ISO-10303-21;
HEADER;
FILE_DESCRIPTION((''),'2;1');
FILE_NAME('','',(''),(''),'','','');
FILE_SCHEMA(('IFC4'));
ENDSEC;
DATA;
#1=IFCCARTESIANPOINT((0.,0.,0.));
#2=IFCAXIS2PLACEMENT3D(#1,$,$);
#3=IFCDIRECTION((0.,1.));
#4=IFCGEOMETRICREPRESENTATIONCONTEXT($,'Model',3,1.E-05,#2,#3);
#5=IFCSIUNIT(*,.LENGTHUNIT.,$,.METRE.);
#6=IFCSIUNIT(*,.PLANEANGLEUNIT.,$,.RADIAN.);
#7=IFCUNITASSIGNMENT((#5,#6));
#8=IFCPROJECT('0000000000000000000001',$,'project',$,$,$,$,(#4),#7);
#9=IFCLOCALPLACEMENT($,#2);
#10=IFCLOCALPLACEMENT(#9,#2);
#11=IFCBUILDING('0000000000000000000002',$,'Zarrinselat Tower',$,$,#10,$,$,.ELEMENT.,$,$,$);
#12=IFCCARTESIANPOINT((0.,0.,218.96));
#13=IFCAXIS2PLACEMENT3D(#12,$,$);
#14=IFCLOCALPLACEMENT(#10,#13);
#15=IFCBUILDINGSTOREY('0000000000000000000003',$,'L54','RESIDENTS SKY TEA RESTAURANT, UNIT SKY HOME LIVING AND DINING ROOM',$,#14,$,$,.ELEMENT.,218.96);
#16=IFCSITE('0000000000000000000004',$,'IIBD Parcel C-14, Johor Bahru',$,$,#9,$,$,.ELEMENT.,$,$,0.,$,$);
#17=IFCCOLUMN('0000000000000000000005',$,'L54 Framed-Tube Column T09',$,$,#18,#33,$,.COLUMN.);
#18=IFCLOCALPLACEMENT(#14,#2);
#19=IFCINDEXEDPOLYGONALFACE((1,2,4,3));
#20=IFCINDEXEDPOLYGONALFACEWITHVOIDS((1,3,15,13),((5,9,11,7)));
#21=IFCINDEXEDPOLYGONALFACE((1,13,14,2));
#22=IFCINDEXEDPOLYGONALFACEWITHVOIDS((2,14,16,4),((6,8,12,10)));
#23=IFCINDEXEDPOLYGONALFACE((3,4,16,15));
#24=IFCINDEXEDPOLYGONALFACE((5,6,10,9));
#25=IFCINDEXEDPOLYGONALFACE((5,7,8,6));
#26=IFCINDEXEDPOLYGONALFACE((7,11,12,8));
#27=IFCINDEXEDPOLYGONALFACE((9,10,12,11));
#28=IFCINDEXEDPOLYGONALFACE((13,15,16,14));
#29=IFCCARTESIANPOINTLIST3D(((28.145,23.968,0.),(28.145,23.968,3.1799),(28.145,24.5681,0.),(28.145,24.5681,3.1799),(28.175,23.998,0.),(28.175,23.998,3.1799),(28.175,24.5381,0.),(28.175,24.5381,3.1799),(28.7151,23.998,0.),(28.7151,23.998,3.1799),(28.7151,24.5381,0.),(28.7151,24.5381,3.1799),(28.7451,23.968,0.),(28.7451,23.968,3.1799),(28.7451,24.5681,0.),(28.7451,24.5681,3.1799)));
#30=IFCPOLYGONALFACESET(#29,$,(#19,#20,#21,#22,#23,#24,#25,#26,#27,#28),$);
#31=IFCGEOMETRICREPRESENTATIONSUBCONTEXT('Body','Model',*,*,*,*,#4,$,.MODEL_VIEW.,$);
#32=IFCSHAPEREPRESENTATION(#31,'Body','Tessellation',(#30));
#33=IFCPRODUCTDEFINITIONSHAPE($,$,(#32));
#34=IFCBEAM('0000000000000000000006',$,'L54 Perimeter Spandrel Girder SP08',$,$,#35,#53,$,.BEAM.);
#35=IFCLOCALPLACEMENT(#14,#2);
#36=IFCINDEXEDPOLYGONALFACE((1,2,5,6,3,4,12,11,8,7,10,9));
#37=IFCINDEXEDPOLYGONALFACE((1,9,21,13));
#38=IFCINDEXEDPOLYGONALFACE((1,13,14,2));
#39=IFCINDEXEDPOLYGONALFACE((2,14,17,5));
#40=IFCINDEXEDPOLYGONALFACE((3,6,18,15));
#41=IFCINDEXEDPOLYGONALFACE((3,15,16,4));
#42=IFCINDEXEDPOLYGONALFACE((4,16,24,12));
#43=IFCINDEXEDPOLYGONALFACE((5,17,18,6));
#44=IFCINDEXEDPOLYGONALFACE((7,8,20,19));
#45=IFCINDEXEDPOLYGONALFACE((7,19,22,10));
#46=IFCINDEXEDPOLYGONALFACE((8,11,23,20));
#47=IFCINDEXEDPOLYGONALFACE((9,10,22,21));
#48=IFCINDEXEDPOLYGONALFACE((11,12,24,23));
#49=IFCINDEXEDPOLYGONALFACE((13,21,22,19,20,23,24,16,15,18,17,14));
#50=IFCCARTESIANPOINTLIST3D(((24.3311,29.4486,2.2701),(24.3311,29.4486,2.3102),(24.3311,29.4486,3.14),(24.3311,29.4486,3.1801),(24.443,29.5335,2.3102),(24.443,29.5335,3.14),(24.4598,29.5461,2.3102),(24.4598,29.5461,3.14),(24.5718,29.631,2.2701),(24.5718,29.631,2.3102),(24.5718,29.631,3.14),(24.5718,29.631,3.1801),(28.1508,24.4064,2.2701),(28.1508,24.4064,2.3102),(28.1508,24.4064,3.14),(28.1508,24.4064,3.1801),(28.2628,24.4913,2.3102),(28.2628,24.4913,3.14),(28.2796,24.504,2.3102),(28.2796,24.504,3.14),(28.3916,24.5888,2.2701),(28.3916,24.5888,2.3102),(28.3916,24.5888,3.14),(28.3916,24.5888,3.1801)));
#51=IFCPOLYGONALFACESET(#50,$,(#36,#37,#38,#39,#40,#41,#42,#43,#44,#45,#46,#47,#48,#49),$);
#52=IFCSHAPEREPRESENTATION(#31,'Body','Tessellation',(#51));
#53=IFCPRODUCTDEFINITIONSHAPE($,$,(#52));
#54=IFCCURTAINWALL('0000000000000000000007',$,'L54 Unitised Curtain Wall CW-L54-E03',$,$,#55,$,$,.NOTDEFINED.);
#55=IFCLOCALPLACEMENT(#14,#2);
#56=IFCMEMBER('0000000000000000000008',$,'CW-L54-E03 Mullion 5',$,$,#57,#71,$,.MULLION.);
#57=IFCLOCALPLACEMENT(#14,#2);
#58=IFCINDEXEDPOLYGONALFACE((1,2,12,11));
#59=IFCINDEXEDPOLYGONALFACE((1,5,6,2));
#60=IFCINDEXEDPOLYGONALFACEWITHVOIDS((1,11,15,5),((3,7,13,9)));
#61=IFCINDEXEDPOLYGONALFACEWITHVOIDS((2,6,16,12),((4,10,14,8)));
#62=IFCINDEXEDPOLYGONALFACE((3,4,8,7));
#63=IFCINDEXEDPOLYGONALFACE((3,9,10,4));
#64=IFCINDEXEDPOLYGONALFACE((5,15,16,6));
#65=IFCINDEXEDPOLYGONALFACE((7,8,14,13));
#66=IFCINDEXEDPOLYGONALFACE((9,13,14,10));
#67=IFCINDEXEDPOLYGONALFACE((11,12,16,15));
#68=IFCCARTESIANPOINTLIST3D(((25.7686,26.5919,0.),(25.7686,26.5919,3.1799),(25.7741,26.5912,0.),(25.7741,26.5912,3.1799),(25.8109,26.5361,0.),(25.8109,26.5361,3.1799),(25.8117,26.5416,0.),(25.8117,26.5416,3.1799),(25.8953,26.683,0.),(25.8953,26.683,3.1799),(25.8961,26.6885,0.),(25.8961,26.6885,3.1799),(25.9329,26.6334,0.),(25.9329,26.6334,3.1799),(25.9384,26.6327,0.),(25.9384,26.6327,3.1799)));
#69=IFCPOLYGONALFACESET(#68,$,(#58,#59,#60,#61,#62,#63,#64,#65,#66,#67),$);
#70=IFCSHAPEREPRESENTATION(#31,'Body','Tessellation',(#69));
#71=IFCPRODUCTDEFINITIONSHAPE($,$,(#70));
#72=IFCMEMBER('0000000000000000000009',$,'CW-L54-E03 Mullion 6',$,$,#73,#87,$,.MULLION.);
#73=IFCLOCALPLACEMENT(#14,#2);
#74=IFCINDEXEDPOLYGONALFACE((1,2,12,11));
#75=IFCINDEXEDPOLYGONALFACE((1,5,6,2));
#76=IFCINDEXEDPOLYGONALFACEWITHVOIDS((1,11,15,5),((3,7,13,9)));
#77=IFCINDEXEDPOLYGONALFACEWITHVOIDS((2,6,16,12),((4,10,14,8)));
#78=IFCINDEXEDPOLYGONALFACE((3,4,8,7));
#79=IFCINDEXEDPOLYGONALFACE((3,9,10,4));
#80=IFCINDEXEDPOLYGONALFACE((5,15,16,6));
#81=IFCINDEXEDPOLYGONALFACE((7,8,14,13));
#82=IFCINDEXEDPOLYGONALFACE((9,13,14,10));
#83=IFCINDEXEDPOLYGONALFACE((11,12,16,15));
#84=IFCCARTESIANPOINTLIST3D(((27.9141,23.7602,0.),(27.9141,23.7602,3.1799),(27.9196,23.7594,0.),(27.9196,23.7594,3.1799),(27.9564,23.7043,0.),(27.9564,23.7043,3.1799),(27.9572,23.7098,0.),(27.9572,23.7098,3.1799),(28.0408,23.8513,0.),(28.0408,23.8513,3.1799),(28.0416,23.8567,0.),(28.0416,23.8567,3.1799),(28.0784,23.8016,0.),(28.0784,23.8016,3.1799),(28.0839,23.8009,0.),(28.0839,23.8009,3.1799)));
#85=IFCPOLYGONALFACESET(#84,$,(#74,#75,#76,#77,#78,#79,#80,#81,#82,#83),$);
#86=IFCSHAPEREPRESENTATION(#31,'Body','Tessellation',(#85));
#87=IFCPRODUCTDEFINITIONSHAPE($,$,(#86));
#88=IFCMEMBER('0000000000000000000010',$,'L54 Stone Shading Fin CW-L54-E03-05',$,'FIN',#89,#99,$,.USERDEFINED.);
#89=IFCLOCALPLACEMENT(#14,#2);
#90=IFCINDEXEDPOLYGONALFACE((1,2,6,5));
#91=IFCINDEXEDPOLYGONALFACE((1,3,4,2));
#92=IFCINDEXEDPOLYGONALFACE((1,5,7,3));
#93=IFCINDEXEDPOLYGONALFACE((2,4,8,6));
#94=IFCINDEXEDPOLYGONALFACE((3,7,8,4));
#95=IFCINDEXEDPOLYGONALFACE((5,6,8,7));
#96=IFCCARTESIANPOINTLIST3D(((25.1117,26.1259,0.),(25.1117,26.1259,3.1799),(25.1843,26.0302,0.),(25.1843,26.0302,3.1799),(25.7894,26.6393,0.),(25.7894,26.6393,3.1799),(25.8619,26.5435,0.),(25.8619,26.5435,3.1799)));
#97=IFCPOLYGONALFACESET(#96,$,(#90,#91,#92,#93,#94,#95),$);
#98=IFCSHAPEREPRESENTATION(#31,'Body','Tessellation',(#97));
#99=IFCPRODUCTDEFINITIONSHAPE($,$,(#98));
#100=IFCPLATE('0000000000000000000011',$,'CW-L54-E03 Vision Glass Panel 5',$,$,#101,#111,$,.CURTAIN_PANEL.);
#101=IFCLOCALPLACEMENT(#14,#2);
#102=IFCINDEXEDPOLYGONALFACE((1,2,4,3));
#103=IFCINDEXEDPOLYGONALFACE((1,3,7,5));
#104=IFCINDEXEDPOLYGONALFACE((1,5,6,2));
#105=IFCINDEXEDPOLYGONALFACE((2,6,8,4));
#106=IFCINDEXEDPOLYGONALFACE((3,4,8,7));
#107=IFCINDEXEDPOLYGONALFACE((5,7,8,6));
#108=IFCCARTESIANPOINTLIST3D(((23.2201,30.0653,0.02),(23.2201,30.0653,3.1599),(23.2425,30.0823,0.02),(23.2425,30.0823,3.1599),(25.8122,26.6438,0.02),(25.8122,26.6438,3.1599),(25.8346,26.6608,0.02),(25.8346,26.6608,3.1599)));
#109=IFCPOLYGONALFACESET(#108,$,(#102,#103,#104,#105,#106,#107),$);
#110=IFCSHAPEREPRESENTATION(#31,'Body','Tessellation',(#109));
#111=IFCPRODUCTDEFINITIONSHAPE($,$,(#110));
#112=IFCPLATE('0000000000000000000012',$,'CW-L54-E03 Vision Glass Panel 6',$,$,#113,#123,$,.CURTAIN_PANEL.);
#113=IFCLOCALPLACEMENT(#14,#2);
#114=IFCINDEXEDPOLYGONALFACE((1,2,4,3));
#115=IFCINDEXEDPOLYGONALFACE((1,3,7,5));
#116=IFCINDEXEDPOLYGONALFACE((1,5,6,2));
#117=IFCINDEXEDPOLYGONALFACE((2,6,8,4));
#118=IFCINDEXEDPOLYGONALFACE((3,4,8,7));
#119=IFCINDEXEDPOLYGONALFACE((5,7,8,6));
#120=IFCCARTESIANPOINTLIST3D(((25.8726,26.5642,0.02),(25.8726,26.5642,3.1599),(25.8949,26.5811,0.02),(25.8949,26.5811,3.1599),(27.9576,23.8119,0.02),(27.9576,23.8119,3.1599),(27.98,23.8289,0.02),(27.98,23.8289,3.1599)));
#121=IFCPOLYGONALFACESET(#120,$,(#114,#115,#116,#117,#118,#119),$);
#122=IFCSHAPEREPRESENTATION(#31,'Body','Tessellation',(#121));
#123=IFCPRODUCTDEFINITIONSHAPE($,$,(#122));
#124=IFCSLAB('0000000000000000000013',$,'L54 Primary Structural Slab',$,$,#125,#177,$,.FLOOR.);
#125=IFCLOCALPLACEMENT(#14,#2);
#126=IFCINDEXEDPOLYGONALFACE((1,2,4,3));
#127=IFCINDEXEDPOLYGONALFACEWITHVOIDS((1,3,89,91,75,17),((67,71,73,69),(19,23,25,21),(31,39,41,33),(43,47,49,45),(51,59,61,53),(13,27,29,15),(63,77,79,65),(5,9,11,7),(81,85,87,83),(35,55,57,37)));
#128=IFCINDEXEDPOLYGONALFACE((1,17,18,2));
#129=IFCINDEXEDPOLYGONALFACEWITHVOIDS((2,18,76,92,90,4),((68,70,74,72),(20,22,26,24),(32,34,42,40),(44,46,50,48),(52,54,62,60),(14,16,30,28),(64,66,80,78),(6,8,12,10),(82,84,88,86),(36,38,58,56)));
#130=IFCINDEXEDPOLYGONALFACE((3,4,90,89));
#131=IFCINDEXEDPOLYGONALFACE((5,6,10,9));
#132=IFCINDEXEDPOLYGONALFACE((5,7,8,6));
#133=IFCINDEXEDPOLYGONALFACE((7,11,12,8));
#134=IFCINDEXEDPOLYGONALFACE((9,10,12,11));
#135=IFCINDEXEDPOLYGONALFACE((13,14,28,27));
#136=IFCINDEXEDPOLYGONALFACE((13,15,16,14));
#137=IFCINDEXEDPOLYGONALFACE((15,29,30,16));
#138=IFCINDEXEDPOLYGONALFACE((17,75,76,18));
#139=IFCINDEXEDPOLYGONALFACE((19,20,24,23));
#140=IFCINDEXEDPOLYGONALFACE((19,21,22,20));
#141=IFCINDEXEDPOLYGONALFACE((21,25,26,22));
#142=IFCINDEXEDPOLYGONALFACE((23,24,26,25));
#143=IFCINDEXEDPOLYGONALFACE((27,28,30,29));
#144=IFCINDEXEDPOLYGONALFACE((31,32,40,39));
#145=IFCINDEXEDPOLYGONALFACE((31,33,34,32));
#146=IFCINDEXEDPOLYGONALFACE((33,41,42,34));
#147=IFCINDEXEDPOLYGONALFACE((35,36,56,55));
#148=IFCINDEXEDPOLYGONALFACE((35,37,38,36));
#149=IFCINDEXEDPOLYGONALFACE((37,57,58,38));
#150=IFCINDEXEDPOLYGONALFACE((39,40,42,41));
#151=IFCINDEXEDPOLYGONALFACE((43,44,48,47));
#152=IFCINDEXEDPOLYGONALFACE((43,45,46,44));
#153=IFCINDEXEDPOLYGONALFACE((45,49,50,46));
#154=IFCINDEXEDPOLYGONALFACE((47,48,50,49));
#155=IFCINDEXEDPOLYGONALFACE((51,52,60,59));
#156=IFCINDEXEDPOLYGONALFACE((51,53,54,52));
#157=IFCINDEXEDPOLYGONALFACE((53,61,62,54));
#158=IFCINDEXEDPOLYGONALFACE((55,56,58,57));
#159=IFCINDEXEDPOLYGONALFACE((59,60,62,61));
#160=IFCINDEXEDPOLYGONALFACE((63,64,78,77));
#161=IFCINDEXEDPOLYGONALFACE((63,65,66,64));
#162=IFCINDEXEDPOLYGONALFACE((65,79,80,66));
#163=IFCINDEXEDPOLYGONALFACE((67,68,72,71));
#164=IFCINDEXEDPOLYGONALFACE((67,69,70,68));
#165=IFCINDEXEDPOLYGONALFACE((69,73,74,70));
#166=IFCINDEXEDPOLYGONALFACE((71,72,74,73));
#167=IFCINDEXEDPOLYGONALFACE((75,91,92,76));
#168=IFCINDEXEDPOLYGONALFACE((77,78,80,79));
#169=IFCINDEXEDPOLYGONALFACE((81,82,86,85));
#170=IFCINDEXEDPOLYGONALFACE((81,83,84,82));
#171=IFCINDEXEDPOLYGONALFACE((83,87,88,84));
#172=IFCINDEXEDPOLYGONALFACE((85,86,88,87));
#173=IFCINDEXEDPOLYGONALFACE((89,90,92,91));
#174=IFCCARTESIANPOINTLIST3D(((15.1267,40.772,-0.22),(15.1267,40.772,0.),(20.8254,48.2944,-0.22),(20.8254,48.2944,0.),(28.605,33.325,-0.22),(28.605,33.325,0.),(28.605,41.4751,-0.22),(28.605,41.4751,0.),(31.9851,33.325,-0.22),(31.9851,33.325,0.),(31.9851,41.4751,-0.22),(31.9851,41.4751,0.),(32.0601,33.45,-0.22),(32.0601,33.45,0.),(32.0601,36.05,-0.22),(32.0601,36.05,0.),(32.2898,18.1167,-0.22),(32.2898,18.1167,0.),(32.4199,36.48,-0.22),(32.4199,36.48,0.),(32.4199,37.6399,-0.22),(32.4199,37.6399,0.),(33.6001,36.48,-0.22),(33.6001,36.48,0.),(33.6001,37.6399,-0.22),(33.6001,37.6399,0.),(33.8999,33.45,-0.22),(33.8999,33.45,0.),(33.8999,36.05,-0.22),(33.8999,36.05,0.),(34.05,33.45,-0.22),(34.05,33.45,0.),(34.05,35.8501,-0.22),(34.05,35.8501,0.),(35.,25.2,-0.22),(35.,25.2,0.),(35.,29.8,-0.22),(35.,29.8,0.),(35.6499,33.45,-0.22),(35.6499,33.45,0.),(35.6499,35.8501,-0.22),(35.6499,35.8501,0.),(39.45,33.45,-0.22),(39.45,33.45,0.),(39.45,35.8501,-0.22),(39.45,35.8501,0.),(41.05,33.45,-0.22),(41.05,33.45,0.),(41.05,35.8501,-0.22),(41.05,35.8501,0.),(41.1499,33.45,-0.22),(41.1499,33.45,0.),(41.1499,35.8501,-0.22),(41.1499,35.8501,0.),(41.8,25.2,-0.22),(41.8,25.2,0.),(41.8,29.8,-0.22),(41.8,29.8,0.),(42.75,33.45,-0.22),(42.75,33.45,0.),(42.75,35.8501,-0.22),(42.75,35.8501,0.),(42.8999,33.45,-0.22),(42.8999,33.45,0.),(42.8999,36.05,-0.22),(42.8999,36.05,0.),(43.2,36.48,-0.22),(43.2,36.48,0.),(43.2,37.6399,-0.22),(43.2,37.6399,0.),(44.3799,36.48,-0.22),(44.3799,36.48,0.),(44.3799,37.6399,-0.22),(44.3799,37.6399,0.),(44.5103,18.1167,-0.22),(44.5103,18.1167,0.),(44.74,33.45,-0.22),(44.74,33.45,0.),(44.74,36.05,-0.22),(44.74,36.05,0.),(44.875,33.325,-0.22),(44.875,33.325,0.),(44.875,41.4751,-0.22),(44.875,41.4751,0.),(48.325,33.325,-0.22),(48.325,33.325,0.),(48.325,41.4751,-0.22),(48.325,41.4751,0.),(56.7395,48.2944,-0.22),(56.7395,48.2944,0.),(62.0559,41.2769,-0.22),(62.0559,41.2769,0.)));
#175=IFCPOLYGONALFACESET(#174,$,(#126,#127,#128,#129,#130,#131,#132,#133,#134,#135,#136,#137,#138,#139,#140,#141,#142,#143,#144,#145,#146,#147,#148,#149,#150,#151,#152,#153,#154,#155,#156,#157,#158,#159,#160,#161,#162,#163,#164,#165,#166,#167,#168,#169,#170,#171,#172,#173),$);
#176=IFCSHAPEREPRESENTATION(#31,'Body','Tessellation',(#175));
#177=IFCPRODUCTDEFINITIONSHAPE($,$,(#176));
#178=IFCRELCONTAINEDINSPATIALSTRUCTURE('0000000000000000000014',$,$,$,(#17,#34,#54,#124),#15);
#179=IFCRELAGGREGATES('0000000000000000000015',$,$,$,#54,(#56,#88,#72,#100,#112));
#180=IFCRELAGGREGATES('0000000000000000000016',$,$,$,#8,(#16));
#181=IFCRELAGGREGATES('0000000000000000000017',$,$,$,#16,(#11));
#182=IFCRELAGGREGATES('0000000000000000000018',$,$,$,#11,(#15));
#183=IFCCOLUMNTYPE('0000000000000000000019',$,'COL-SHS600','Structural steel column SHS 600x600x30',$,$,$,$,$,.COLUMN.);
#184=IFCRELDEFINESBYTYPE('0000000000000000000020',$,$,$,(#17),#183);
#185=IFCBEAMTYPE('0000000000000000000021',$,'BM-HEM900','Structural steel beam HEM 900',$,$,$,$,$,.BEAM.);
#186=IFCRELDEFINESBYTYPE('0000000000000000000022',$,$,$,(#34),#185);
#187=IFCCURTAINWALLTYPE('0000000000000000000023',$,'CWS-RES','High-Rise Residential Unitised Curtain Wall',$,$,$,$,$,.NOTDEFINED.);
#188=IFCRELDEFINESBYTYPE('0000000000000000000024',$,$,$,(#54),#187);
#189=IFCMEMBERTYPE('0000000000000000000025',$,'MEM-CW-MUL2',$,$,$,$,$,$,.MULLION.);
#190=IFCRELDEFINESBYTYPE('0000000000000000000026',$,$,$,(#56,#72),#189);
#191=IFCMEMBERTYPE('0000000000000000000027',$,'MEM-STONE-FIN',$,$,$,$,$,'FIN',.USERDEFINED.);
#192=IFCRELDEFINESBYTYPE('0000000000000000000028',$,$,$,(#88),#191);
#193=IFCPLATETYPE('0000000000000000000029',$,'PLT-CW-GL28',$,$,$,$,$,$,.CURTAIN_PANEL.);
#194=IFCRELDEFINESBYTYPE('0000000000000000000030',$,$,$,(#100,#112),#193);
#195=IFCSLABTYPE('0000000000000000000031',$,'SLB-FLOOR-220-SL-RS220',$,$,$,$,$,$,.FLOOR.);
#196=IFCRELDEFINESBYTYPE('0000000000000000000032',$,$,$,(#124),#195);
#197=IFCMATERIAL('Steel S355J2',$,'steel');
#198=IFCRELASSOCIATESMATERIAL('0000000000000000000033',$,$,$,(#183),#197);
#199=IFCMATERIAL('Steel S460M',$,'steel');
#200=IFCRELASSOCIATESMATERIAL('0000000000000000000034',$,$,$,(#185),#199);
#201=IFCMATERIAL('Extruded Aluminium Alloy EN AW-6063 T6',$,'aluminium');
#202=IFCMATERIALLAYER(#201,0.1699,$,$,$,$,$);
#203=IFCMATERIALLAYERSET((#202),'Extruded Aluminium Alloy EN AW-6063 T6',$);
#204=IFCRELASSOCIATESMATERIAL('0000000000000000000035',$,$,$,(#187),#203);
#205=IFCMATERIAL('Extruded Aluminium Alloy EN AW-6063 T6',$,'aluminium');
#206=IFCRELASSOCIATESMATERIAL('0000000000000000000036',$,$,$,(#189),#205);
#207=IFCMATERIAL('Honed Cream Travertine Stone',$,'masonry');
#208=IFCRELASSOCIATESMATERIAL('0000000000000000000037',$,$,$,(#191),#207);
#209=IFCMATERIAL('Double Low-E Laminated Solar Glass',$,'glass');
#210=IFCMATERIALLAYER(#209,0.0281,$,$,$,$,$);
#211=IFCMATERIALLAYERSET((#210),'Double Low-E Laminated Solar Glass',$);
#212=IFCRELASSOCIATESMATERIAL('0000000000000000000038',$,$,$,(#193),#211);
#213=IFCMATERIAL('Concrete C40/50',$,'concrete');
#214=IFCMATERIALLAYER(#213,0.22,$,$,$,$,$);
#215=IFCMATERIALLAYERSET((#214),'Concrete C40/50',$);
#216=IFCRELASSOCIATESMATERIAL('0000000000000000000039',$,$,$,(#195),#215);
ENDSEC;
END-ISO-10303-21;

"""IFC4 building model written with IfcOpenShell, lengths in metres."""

from ifc_helpers import new_model, si_unit, direction, frame, origin, origin_2d, place, context, subcontext, project, spatial, polyline, rectangle, hollow_rectangle, i_section, outline, extrude, material, layer, layer_set, material_profile, profile_set, type_object, element, aggregate, save


model = new_model("IFC4")

# Units and contexts
model_context = context("Model", 3, precision=1e-05, world=origin(), true_north=direction((0.0, 1.0)))
body_context = subcontext(model_context, "Body", "Model", "MODEL_VIEW")
ifc_project = project(units=[si_unit("LENGTHUNIT", "METRE"), si_unit("PLANEANGLEUNIT", "RADIAN")], contexts=[model_context])

# Site, building, storey
site_placement = place(None, origin())
site = spatial("IfcSite", under=ifc_project, at=site_placement, Name="IIBD Parcel C-14, Johor Bahru", CompositionType="ELEMENT", RefElevation=0.0)
building_placement = place(site_placement, origin())
building = spatial("IfcBuilding", under=site, at=building_placement, Name="Zarrinselat Tower", CompositionType="ELEMENT")
storey_placement = place(building_placement, frame((0.0, 0.0, 218.96)))
storey = spatial("IfcBuildingStorey", under=building, at=storey_placement, Name="L54", Description="RESIDENTS SKY TEA RESTAURANT, UNIT SKY HOME LIVING AND DINING ROOM", CompositionType="ELEMENT", Elevation=218.96)

# Column
ifc_material_1 = material(Name="Steel S355J2", Category="steel")
ifc_material_profile_1 = material_profile(ifc_material_1, hollow_rectangle(XDim=0.6001, YDim=0.6001, WallThickness=0.03, at=origin_2d()), Name="SHS 600x600x30")
ifc_profile_set_1 = profile_set([ifc_material_profile_1], Name="Steel S355J2")
column_type = type_object("IfcColumnType", Name="COL-SHS600", Description="Structural steel column SHS 600x600x30", PredefinedType="COLUMN", material=ifc_profile_set_1)
column_placement = place(storey_placement, frame((28.4451, 24.2681, 0.0), z_axis=(0.0, 0.0, 1.0), x_axis=(1.0, 0.0, 0.0)))
element("IfcColumn", 1, at=column_placement, inside=storey, type_object=column_type, Name="L54 Framed-Tube Column T09", PredefinedType="COLUMN", context=body_context, shape_type="SweptSolid", body=[
    extrude(hollow_rectangle(XDim=0.6001, YDim=0.6001, WallThickness=0.03, at=origin_2d()), origin(), (0.0, 0.0, 1.0), 3.1799),
])

# Beam
ifc_material_2 = material(Name="Steel S460M", Category="steel")
ifc_material_profile_2 = material_profile(ifc_material_2, i_section(OverallWidth=0.302, OverallDepth=0.9099, WebThickness=0.021, FlangeThickness=0.04, at=origin_2d()), Name="HEM 900")
ifc_profile_set_2 = profile_set([ifc_material_profile_2], Name="Steel S460M")
beam_type = type_object("IfcBeamType", Name="BM-HEM900", Description="Structural steel beam HEM 900", PredefinedType="BEAM", material=ifc_profile_set_2)
beam_placement = place(storey_placement, frame((24.4514, 29.5398, 2.7251), z_axis=(0.603852, -0.797096, 0.0), x_axis=(0.797096, 0.603852, 0.0)))
element("IfcBeam", 2, at=beam_placement, inside=storey, type_object=beam_type, Name="L54 Perimeter Spandrel Girder SP08", PredefinedType="BEAM", context=body_context, shape_type="SweptSolid", body=[
    extrude(i_section(OverallWidth=0.302, OverallDepth=0.9099, WebThickness=0.021, FlangeThickness=0.04, at=origin_2d()), origin(), (0.0, 0.0, 1.0), 6.3257),
])

# Curtain wall, members, plates
ifc_material_3 = material(Name="Extruded Aluminium Alloy EN AW-6063 T6", Category="aluminium")
ifc_layer_1 = layer(ifc_material_3, 0.1699)
ifc_layer_set_1 = layer_set([ifc_layer_1], Name="Extruded Aluminium Alloy EN AW-6063 T6")
curtain_wall_type = type_object("IfcCurtainWallType", Name="CWS-RES", Description="High-Rise Residential Unitised Curtain Wall", PredefinedType="NOTDEFINED", material=ifc_layer_set_1)
curtain_wall_placement = place(storey_placement, origin())
curtain_wall = element("IfcCurtainWall", 3, at=curtain_wall_placement, inside=storey, type_object=curtain_wall_type, Name="L54 Unitised Curtain Wall CW-L54-E03", PredefinedType="NOTDEFINED")
ifc_material_4 = material(Name="Extruded Aluminium Alloy EN AW-6063 T6", Category="aluminium")
ifc_material_profile_3 = material_profile(ifc_material_4, hollow_rectangle(XDim=0.0701, YDim=0.1599, WallThickness=0.0039, at=origin_2d()), Name="RHS 160x70x4")
ifc_profile_set_3 = profile_set([ifc_material_profile_3], Name="Extruded Aluminium Alloy EN AW-6063 T6")
member_type_1 = type_object("IfcMemberType", Name="MEM-CW-MUL2", PredefinedType="MULLION", material=ifc_profile_set_3)
member_1_placement = place(storey_placement, frame((25.8535, 26.6123, 0.0), z_axis=(0.0, 0.0, 1.0), x_axis=(0.60386, -0.797091, 0.0)))
member_1 = element("IfcMember", 4, at=member_1_placement, type_object=member_type_1, Name="CW-L54-E03 Mullion 5", PredefinedType="MULLION", context=body_context, shape_type="SweptSolid", body=[
    extrude(hollow_rectangle(XDim=0.0701, YDim=0.1599, WallThickness=0.0039, at=origin_2d()), origin(), (0.0, 0.0, 1.0), 3.1799),
])
member_2_placement = place(storey_placement, frame((27.999, 23.7805, 0.0), z_axis=(0.0, 0.0, 1.0), x_axis=(0.60386, -0.797091, 0.0)))
member_2 = element("IfcMember", 5, at=member_2_placement, type_object=member_type_1, Name="CW-L54-E03 Mullion 6", PredefinedType="MULLION", context=body_context, shape_type="SweptSolid", body=[
    extrude(hollow_rectangle(XDim=0.0701, YDim=0.1599, WallThickness=0.0039, at=origin_2d()), origin(), (0.0, 0.0, 1.0), 3.1799),
])
ifc_material_5 = material(Name="Honed Cream Travertine Stone", Category="masonry")
ifc_material_profile_4 = material_profile(ifc_material_5, rectangle(XDim=0.1201, YDim=0.8501, at=origin_2d()), Name="FIN 850x120")
ifc_profile_set_4 = profile_set([ifc_material_profile_4], Name="Honed Cream Travertine Stone")
member_type_2 = type_object("IfcMemberType", Name="MEM-STONE-FIN", ElementType="FIN", PredefinedType="USERDEFINED", material=ifc_profile_set_4)
member_3_placement = place(storey_placement, frame((25.4868, 26.3347, 0.0), z_axis=(0.0, 0.0, 1.0), x_axis=(-0.60386, 0.797091, 0.0)))
member_3 = element("IfcMember", 6, at=member_3_placement, type_object=member_type_2, Name="L54 Stone Shading Fin CW-L54-E03-05", ObjectType="FIN", PredefinedType="USERDEFINED", context=body_context, shape_type="SweptSolid", body=[
    extrude(rectangle(XDim=0.1201, YDim=0.8501, at=origin_2d()), origin(), (0.0, 0.0, 1.0), 3.1799),
])
ifc_material_6 = material(Name="Double Low-E Laminated Solar Glass", Category="glass")
ifc_layer_2 = layer(ifc_material_6, 0.0281)
ifc_layer_set_2 = layer_set([ifc_layer_2], Name="Double Low-E Laminated Solar Glass")
plate_type = type_object("IfcPlateType", Name="PLT-CW-GL28", PredefinedType="CURTAIN_PANEL", material=ifc_layer_set_2)
plate_1_placement = place(storey_placement, frame((24.5273, 28.363, 0.02), z_axis=(0.0, 0.0, 1.0), x_axis=(0.60386, -0.797091, 0.0)))
plate_1 = element("IfcPlate", 7, at=plate_1_placement, type_object=plate_type, Name="CW-L54-E03 Vision Glass Panel 5", PredefinedType="CURTAIN_PANEL", context=body_context, shape_type="SweptSolid", body=[
    extrude(rectangle(XDim=4.2925, YDim=0.0281, at=origin_2d()), origin(), (0.0, 0.0, 1.0), 3.1399),
])
plate_2_placement = place(storey_placement, frame((26.9263, 25.1965, 0.02), z_axis=(0.0, 0.0, 1.0), x_axis=(0.60386, -0.797091, 0.0)))
plate_2 = element("IfcPlate", 8, at=plate_2_placement, type_object=plate_type, Name="CW-L54-E03 Vision Glass Panel 6", PredefinedType="CURTAIN_PANEL", context=body_context, shape_type="SweptSolid", body=[
    extrude(rectangle(XDim=3.4529, YDim=0.0281, at=origin_2d()), origin(), (0.0, 0.0, 1.0), 3.1399),
])
aggregate(curtain_wall, [member_1, member_3, member_2, plate_1, plate_2])

# Slab
ifc_material_7 = material(Name="Concrete C40/50", Category="concrete")
ifc_layer_3 = layer(ifc_material_7, 0.22)
ifc_layer_set_3 = layer_set([ifc_layer_3], Name="Concrete C40/50")
slab_type_1 = type_object("IfcSlabType", Name="SLB-FLOOR-220-SL-RS220", PredefinedType="FLOOR", material=ifc_layer_set_3)
slab_1_placement = place(storey_placement, frame((0.0, 0.0, -0.22)))
element("IfcSlab", 9, at=slab_1_placement, inside=storey, type_object=slab_type_1, Name="L54 Primary Structural Slab", PredefinedType="FLOOR", context=body_context, shape_type="SweptSolid", body=[
    extrude(outline(polyline([(56.7395, 48.2944), (20.8254, 48.2944), (15.1267, 40.772), (32.2898, 18.1167), (44.5103, 18.1167), (62.0559, 41.2769), (56.7395, 48.2944)]), holes=[polyline([(41.8, 25.2), (35.0, 25.2), (35.0, 29.8), (41.8, 29.8), (41.8, 25.2)]), polyline([(35.6499, 33.45), (34.05, 33.45), (34.05, 35.8501), (35.6499, 35.8501), (35.6499, 33.45)]), polyline([(41.05, 33.45), (39.45, 33.45), (39.45, 35.8501), (41.05, 35.8501), (41.05, 33.45)]), polyline([(41.1499, 33.45), (41.1499, 35.8501), (42.75, 35.8501), (42.75, 33.45), (41.1499, 33.45)]), polyline([(32.0601, 33.45), (32.0601, 36.05), (33.8999, 36.05), (33.8999, 33.45), (32.0601, 33.45)]), polyline([(44.74, 33.45), (42.8999, 33.45), (42.8999, 36.05), (44.74, 36.05), (44.74, 33.45)]), polyline([(33.6001, 36.48), (32.4199, 36.48), (32.4199, 37.6399), (33.6001, 37.6399), (33.6001, 36.48)]), polyline([(44.3799, 36.48), (43.2, 36.48), (43.2, 37.6399), (44.3799, 37.6399), (44.3799, 36.48)]), polyline([(31.9851, 33.325), (28.605, 33.325), (28.605, 41.4751), (31.9851, 41.4751), (31.9851, 33.325)]), polyline([(48.325, 33.325), (44.875, 33.325), (44.875, 41.4751), (48.325, 41.4751), (48.325, 33.325)])]), origin(), (0.0, 0.0, 1.0), 0.22),
])

save(model, "model.ifc")
